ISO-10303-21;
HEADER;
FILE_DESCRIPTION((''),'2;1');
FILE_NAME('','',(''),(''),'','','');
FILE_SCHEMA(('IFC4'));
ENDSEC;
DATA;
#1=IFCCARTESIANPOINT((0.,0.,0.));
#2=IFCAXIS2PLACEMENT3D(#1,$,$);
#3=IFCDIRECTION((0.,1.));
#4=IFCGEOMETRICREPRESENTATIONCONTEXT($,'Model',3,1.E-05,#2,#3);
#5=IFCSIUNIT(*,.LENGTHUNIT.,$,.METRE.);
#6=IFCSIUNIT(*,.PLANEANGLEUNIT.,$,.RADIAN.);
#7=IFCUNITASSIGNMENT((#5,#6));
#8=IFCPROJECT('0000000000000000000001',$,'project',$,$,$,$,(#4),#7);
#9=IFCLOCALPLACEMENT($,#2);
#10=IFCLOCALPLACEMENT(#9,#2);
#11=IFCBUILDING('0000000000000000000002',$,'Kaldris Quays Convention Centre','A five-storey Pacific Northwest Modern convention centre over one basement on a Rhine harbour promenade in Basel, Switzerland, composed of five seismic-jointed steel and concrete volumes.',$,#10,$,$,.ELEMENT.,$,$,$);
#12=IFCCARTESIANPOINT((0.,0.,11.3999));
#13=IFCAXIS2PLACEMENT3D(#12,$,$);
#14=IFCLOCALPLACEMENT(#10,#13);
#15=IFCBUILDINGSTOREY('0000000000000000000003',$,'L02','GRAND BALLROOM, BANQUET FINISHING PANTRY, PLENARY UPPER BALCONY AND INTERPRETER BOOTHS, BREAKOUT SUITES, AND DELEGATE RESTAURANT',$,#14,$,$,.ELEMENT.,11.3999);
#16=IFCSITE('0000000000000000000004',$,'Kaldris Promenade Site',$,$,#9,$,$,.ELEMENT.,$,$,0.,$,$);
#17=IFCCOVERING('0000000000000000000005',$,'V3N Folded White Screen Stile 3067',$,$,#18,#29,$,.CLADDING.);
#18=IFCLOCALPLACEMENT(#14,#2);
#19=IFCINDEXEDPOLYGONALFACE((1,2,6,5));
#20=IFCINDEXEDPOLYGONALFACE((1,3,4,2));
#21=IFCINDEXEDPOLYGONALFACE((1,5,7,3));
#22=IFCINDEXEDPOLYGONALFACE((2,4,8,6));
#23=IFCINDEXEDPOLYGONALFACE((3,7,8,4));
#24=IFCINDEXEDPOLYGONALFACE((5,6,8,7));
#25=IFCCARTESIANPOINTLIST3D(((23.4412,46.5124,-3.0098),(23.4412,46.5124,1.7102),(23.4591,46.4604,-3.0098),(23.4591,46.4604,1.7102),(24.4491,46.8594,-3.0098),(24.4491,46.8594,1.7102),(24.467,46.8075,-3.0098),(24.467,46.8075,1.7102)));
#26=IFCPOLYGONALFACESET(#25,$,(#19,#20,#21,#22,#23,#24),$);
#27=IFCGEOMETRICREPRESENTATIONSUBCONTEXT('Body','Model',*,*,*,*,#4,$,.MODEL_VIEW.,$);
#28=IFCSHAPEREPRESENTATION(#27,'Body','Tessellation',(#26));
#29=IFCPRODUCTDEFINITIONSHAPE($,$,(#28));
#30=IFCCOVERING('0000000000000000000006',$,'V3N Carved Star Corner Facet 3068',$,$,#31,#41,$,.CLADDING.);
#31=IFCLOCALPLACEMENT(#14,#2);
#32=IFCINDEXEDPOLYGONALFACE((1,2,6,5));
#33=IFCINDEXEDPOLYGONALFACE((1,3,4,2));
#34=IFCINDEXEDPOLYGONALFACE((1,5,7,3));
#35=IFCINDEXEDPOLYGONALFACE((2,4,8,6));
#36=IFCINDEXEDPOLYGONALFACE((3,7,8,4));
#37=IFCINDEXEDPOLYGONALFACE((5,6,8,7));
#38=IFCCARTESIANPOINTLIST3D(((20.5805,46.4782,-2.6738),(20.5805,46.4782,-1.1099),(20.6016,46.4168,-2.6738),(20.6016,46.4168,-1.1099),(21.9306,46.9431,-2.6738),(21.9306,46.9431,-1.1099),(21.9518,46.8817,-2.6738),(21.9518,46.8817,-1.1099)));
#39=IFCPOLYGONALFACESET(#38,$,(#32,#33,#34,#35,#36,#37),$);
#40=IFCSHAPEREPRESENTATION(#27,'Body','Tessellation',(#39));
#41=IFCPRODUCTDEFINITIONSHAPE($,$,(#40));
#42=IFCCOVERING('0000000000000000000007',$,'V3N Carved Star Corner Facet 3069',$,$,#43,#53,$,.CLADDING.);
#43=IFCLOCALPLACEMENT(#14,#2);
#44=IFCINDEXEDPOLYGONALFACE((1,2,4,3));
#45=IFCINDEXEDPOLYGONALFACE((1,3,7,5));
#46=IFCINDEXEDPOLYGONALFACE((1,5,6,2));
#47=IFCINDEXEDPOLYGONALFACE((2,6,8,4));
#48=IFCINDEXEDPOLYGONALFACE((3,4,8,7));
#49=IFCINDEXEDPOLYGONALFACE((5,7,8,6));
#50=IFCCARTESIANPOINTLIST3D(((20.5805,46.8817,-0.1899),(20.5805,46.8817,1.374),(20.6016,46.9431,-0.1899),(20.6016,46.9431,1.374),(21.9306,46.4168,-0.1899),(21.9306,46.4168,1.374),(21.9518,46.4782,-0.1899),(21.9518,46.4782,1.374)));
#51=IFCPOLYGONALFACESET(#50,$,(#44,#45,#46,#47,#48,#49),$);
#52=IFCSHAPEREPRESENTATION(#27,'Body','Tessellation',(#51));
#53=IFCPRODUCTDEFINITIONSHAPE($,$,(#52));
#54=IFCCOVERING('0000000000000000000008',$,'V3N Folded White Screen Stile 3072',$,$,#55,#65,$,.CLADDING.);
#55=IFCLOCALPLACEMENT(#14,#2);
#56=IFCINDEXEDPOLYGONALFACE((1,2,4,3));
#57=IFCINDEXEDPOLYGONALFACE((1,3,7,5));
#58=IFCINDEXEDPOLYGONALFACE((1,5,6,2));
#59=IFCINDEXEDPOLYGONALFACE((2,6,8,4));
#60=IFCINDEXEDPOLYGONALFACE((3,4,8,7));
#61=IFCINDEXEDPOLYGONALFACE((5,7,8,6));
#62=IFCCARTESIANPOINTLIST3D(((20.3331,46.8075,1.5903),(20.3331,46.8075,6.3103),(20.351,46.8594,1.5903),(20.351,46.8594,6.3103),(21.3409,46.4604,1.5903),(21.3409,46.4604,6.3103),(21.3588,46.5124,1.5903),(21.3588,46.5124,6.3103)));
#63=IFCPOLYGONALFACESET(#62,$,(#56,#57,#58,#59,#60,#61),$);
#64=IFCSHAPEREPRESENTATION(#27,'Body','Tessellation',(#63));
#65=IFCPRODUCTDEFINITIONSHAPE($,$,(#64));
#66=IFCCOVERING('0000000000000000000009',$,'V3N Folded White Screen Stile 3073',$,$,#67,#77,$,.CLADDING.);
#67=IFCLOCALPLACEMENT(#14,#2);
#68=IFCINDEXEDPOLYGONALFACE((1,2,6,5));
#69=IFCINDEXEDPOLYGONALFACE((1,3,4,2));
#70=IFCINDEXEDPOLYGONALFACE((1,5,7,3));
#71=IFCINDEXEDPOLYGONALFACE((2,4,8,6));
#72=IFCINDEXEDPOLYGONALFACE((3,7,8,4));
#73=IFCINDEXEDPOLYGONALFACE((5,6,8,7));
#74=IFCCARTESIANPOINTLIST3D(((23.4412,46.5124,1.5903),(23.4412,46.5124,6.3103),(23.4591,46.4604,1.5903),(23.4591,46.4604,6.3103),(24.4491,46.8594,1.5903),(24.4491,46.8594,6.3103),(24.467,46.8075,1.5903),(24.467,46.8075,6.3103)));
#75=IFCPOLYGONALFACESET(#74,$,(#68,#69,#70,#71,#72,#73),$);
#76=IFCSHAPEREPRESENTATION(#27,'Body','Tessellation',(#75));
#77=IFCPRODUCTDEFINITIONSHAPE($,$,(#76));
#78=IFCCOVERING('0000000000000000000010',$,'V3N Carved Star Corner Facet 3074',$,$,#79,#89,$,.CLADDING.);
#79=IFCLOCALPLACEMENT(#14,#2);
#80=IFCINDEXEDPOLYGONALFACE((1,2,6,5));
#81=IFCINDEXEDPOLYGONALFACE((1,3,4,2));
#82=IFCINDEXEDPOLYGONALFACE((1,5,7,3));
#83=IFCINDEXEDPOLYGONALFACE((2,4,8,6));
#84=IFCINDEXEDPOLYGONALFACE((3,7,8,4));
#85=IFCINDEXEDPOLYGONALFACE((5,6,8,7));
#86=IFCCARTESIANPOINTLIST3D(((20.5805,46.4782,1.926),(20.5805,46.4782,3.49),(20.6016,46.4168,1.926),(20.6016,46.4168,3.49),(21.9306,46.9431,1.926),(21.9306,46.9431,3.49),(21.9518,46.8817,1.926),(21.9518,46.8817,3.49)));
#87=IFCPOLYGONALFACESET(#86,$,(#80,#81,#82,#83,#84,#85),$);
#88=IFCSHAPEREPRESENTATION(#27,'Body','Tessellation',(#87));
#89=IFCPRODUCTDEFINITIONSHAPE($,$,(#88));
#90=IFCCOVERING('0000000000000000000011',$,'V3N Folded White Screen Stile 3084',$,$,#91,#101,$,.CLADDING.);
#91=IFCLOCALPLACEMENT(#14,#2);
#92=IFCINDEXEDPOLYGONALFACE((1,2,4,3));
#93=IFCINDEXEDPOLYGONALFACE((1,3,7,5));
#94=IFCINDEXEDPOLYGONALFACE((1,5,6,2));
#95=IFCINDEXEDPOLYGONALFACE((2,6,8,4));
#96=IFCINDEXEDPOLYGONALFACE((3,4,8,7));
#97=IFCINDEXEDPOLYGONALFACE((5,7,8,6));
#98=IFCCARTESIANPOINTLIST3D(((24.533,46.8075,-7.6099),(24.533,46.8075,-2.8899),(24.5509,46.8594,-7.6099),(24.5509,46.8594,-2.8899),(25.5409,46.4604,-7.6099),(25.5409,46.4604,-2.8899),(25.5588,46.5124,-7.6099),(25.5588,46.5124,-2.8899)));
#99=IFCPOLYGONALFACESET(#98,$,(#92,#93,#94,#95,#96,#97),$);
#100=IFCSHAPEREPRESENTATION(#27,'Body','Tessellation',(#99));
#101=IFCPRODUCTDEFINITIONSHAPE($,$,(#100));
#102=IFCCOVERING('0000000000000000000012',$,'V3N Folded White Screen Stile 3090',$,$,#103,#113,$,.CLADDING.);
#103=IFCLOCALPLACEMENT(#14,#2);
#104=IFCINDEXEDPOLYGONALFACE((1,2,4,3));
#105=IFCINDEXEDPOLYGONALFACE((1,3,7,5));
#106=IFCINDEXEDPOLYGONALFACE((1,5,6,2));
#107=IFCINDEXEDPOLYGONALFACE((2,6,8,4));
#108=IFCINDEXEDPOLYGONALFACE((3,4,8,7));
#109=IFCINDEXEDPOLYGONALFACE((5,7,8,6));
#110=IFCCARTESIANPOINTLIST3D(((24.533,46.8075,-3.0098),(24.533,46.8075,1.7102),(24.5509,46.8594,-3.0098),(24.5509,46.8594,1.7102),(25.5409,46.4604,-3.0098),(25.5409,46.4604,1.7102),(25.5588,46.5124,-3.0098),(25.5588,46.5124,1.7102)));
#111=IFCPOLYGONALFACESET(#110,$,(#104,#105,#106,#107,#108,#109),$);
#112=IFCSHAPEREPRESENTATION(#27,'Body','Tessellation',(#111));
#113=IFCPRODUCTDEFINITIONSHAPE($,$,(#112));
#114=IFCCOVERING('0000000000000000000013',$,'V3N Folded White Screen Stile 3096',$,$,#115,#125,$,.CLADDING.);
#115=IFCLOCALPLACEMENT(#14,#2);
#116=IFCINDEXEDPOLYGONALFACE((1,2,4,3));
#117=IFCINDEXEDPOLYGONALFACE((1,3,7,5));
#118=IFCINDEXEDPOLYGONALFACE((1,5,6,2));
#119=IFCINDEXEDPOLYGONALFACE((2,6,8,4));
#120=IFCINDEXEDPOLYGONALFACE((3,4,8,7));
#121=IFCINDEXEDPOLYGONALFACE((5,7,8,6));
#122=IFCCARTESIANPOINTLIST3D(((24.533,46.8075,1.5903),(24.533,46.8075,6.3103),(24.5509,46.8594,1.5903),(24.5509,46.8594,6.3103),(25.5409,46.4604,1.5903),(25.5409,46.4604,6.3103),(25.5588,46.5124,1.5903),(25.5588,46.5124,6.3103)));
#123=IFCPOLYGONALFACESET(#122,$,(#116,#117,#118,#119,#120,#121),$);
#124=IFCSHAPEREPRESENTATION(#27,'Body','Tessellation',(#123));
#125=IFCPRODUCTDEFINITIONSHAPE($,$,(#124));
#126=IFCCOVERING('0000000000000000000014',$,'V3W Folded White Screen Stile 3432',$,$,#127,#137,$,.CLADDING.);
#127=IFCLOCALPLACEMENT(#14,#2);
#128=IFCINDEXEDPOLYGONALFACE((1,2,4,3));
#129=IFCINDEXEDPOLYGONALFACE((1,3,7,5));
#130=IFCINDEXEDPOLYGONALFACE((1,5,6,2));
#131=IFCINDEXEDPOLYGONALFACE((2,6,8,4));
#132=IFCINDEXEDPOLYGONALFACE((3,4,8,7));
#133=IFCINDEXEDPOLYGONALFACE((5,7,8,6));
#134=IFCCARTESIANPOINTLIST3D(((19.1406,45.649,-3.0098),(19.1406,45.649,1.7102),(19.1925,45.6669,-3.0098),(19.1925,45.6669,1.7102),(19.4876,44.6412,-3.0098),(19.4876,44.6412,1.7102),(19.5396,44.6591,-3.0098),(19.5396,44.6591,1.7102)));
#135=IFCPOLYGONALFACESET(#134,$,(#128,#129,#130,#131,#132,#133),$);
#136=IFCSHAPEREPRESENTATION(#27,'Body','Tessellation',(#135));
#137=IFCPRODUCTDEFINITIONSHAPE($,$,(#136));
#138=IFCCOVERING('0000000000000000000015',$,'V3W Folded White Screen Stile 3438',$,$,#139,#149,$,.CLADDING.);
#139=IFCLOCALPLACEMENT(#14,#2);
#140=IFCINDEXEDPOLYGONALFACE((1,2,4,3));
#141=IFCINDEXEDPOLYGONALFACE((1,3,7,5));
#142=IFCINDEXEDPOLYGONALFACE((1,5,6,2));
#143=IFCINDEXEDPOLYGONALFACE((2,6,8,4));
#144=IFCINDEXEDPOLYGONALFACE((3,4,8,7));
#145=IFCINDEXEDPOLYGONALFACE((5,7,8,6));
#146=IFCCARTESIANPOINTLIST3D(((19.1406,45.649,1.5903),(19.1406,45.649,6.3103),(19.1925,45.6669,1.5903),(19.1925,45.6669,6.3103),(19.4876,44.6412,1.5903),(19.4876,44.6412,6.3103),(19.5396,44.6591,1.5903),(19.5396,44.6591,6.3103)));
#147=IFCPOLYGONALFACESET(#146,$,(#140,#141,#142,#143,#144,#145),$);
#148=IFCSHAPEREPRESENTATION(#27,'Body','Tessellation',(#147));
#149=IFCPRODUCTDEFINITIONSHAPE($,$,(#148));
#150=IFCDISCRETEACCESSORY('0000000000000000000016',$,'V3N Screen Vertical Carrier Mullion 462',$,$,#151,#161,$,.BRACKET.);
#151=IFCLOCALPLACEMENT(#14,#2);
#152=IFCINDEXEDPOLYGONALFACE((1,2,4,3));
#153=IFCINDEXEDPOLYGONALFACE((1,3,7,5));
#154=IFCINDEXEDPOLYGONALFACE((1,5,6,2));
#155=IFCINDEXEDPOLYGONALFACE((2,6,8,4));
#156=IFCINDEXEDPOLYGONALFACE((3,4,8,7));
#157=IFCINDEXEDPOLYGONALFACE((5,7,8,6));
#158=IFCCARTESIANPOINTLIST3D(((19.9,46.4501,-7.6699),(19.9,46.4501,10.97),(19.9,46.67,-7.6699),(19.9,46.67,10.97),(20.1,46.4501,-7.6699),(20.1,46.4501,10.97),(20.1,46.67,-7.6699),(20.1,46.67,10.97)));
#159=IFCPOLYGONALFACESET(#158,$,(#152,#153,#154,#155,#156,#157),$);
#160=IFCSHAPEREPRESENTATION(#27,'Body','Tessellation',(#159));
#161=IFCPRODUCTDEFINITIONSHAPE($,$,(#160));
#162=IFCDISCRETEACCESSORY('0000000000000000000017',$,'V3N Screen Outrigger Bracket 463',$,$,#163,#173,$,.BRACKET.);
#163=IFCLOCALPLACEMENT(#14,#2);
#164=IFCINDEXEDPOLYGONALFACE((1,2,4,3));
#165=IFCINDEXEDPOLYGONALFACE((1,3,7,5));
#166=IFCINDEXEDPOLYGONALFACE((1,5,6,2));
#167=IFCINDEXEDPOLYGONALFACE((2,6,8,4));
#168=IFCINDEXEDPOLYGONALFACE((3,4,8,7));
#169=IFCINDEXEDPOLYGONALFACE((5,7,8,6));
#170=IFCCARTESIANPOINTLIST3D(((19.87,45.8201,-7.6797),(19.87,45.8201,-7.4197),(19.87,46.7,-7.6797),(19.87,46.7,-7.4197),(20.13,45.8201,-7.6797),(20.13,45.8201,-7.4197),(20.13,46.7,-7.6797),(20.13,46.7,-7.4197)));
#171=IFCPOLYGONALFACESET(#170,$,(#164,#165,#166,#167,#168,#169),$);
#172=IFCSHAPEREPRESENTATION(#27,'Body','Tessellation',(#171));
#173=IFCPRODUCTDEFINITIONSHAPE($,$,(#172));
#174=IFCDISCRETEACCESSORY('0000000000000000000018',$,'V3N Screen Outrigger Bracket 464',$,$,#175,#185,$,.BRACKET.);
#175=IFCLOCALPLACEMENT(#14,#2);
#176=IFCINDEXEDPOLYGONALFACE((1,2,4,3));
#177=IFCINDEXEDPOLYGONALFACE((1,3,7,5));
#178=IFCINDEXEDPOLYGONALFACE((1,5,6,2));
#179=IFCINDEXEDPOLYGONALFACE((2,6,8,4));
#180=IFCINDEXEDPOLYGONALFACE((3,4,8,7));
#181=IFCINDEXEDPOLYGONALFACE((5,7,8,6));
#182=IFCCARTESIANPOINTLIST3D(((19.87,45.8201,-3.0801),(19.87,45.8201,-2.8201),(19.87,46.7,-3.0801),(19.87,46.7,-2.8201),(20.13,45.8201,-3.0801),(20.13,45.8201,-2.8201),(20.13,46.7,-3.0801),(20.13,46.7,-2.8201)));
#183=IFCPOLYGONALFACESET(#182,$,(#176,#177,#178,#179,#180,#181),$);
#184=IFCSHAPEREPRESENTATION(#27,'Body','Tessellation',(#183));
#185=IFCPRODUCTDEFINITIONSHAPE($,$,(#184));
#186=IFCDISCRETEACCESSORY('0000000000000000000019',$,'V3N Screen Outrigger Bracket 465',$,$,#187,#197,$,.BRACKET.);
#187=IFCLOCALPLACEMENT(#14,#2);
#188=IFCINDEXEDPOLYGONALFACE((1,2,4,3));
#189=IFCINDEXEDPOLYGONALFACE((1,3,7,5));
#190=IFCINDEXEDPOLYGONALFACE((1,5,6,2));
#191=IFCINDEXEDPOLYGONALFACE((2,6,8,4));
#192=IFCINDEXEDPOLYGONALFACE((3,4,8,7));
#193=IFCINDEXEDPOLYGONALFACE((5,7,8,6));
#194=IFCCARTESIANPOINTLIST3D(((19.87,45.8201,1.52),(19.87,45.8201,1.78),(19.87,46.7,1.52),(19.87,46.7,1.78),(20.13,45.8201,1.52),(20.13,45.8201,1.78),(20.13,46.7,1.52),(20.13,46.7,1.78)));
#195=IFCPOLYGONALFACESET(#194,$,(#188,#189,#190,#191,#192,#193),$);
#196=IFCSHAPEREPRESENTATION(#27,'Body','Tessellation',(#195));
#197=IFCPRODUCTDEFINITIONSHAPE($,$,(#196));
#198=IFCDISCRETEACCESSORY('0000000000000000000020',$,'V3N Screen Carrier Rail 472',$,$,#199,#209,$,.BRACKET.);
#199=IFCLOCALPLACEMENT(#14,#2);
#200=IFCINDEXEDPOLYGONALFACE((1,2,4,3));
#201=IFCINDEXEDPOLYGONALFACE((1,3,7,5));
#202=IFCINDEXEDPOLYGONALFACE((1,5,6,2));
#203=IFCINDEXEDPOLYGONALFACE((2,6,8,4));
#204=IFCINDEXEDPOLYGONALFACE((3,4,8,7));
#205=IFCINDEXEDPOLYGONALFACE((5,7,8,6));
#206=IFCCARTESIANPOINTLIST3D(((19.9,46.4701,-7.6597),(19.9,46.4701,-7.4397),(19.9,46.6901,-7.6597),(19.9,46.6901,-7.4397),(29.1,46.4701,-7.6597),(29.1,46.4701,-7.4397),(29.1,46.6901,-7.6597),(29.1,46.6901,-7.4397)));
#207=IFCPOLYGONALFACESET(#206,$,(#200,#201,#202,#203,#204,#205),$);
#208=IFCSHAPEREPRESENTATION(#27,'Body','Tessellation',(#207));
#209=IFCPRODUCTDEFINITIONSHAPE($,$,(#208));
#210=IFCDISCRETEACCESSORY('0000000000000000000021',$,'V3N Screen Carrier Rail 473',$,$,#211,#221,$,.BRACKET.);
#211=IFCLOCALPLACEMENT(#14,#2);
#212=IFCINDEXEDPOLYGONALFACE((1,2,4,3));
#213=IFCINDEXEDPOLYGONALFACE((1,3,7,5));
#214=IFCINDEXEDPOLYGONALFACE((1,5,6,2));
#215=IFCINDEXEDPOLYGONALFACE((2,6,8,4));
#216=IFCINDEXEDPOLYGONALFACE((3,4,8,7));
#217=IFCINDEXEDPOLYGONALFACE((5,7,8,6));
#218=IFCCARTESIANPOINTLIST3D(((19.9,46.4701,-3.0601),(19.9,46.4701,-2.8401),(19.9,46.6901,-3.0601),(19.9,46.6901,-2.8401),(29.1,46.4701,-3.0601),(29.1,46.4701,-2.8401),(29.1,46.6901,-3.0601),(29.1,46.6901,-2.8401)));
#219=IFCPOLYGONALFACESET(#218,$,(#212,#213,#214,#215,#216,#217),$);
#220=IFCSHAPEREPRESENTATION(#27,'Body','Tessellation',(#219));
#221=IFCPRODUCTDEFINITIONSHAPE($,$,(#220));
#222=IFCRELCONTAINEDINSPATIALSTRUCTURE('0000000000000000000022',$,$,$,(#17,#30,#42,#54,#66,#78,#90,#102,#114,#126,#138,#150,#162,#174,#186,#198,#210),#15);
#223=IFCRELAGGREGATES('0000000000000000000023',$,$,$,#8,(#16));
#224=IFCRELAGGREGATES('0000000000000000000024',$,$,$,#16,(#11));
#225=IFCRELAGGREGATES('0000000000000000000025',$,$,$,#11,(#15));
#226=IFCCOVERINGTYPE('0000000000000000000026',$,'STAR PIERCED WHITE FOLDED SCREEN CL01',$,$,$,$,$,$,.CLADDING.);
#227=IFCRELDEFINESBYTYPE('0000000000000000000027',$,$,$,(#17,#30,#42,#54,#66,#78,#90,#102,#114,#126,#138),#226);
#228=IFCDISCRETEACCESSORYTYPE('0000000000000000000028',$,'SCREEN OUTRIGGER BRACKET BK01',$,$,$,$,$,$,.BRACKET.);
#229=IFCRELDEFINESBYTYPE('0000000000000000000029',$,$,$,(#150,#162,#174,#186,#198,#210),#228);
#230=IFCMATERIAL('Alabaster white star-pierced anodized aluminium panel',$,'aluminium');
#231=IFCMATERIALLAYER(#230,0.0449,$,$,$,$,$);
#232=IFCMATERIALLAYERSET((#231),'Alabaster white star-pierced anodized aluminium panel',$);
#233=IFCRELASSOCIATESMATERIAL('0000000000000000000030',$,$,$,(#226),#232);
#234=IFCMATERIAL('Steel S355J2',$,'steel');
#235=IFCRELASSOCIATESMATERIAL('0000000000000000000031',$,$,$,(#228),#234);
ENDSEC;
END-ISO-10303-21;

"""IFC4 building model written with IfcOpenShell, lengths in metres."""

from ifc_helpers import new_model, si_unit, direction, frame, origin, origin_2d, place, context, subcontext, project, spatial, rectangle, extrude, material, layer, layer_set, type_object, element, save


model = new_model("IFC4")

# Units and contexts
model_context = context("Model", 3, precision=1e-05, world=origin(), true_north=direction((0.0, 1.0)))
body_context = subcontext(model_context, "Body", "Model", "MODEL_VIEW")
ifc_project = project(units=[si_unit("LENGTHUNIT", "METRE"), si_unit("PLANEANGLEUNIT", "RADIAN")], contexts=[model_context])

# Site, building, storey
site_placement = place(None, origin())
site = spatial("IfcSite", under=ifc_project, at=site_placement, Name="Kaldris Promenade Site", CompositionType="ELEMENT", RefElevation=0.0)
building_placement = place(site_placement, origin())
building = spatial("IfcBuilding", under=site, at=building_placement, Name="Kaldris Quays Convention Centre", Description="A five-storey Pacific Northwest Modern convention centre over one basement on a Rhine harbour promenade in Basel, Switzerland, composed of five seismic-jointed steel and concrete volumes.", CompositionType="ELEMENT")
storey_placement = place(building_placement, frame((0.0, 0.0, 11.3999)))
storey = spatial("IfcBuildingStorey", under=building, at=storey_placement, Name="L02", Description="GRAND BALLROOM, BANQUET FINISHING PANTRY, PLENARY UPPER BALCONY AND INTERPRETER BOOTHS, BREAKOUT SUITES, AND DELEGATE RESTAURANT", CompositionType="ELEMENT", Elevation=11.3999)

# Shared definitions
ifc_material_1 = material(Name="Steel S355J2", Category="steel")

# Coverings
ifc_material_2 = material(Name="Alabaster white star-pierced anodized aluminium panel", Category="aluminium")
ifc_layer_1 = layer(ifc_material_2, 0.0449)
ifc_layer_set_1 = layer_set([ifc_layer_1], Name="Alabaster white star-pierced anodized aluminium panel")
covering_type = type_object("IfcCoveringType", Name="STAR PIERCED WHITE FOLDED SCREEN CL01", PredefinedType="CLADDING", material=ifc_layer_set_1)
for number, where, z_axis, x_axis, name in (
    (1, (23.9541, 46.6599, -3.0098), (0.0, 0.0, 1.0), (0.945519, 0.325568, 0.0), "V3N Folded White Screen Stile 3067"),
):
    element("IfcCovering", number, at=place(storey_placement, frame(where, z_axis=z_axis, x_axis=x_axis)), inside=storey, type_object=covering_type, Name=name, PredefinedType="CLADDING", context=body_context, shape_type="SweptSolid", body=[
        extrude(rectangle(XDim=1.0659, YDim=0.0549, at=origin_2d()), origin(), (0.0, 0.0, 1.0), 4.72),
    ])
for number, where, z_axis, x_axis, name in (
    (2, (21.2661, 46.6799, -2.6738), (0.0, 0.0, 1.0), (0.945519, 0.325568, 0.0), "V3N Carved Star Corner Facet 3068"),
    (3, (21.2661, 46.6799, -0.1899), (0.0, 0.0, 1.0), (0.945519, -0.325568, 0.0), "V3N Carved Star Corner Facet 3069"),
):
    element("IfcCovering", number, at=place(storey_placement, frame(where, z_axis=z_axis, x_axis=x_axis)), inside=storey, type_object=covering_type, Name=name, PredefinedType="CLADDING", context=body_context, shape_type="SweptSolid", body=[
        extrude(rectangle(XDim=1.428, YDim=0.0649, at=origin_2d()), origin(), (0.0, 0.0, 1.0), 1.564),
    ])
for number, where, z_axis, x_axis, name in (
    (4, (20.8459, 46.6599, 1.5903), (0.0, 0.0, 1.0), (0.945519, -0.325568, 0.0), "V3N Folded White Screen Stile 3072"),
    (5, (23.9541, 46.6599, 1.5903), (0.0, 0.0, 1.0), (0.945519, 0.325568, 0.0), "V3N Folded White Screen Stile 3073"),
):
    element("IfcCovering", number, at=place(storey_placement, frame(where, z_axis=z_axis, x_axis=x_axis)), inside=storey, type_object=covering_type, Name=name, PredefinedType="CLADDING", context=body_context, shape_type="SweptSolid", body=[
        extrude(rectangle(XDim=1.0659, YDim=0.0549, at=origin_2d()), origin(), (0.0, 0.0, 1.0), 4.72),
    ])
covering_1_placement = place(storey_placement, frame((21.2661, 46.6799, 1.926), z_axis=(0.0, 0.0, 1.0), x_axis=(0.945519, 0.325568, 0.0)))
element("IfcCovering", 6, at=covering_1_placement, inside=storey, type_object=covering_type, Name="V3N Carved Star Corner Facet 3074", PredefinedType="CLADDING", context=body_context, shape_type="SweptSolid", body=[
    extrude(rectangle(XDim=1.428, YDim=0.0649, at=origin_2d()), origin(), (0.0, 0.0, 1.0), 1.564),
])
for number, where, z_axis, x_axis, name in (
    (7, (25.0459, 46.6599, -7.6099), (0.0, 0.0, 1.0), (0.945519, -0.325568, 0.0), "V3N Folded White Screen Stile 3084"),
    (8, (25.0459, 46.6599, -3.0098), (0.0, 0.0, 1.0), (0.945519, -0.325568, 0.0), "V3N Folded White Screen Stile 3090"),
    (9, (25.0459, 46.6599, 1.5903), (0.0, 0.0, 1.0), (0.945519, -0.325568, 0.0), "V3N Folded White Screen Stile 3096"),
    (10, (19.3401, 45.1541, -3.0098), (0.0, 0.0, 1.0), (-0.325568, 0.945519, 0.0), "V3W Folded White Screen Stile 3432"),
    (11, (19.3401, 45.1541, 1.5903), (0.0, 0.0, 1.0), (-0.325568, 0.945519, 0.0), "V3W Folded White Screen Stile 3438"),
):
    element("IfcCovering", number, at=place(storey_placement, frame(where, z_axis=z_axis, x_axis=x_axis)), inside=storey, type_object=covering_type, Name=name, PredefinedType="CLADDING", context=body_context, shape_type="SweptSolid", body=[
        extrude(rectangle(XDim=1.0659, YDim=0.0549, at=origin_2d()), origin(), (0.0, 0.0, 1.0), 4.72),
    ])

# Discrete accessories
discrete_accessory_type = type_object("IfcDiscreteAccessoryType", Name="SCREEN OUTRIGGER BRACKET BK01", PredefinedType="BRACKET", material=ifc_material_1)
discrete_accessory_1_placement = place(storey_placement, frame((20.0, 46.5601, -7.6699), z_axis=(0.0, 0.0, 1.0), x_axis=(1.0, 0.0, 0.0)))
element("IfcDiscreteAccessory", 12, at=discrete_accessory_1_placement, inside=storey, type_object=discrete_accessory_type, Name="V3N Screen Vertical Carrier Mullion 462", PredefinedType="BRACKET", context=body_context, shape_type="SweptSolid", body=[
    extrude(rectangle(XDim=0.2, YDim=0.22, at=origin_2d()), origin(), (0.0, 0.0, 1.0), 18.6399),
])
for number, where, z_axis, x_axis, name in (
    (13, (20.0, 46.26, -7.6797), (0.0, 0.0, 1.0), (1.0, 0.0, 0.0), "V3N Screen Outrigger Bracket 463"),
    (14, (20.0, 46.26, -3.0801), (0.0, 0.0, 1.0), (1.0, 0.0, 0.0), "V3N Screen Outrigger Bracket 464"),
    (15, (20.0, 46.26, 1.52), (0.0, 0.0, 1.0), (1.0, 0.0, 0.0), "V3N Screen Outrigger Bracket 465"),
):
    element("IfcDiscreteAccessory", number, at=place(storey_placement, frame(where, z_axis=z_axis, x_axis=x_axis)), inside=storey, type_object=discrete_accessory_type, Name=name, PredefinedType="BRACKET", context=body_context, shape_type="SweptSolid", body=[
        extrude(rectangle(XDim=0.26, YDim=0.8799, at=origin_2d()), origin(), (0.0, 0.0, 1.0), 0.26),
    ])
for number, where, z_axis, x_axis, name in (
    (16, (24.5, 46.5801, -7.6597), (0.0, 0.0, 1.0), (1.0, 0.0, 0.0), "V3N Screen Carrier Rail 472"),
    (17, (24.5, 46.5801, -3.0601), (0.0, 0.0, 1.0), (1.0, 0.0, 0.0), "V3N Screen Carrier Rail 473"),
):
    element("IfcDiscreteAccessory", number, at=place(storey_placement, frame(where, z_axis=z_axis, x_axis=x_axis)), inside=storey, type_object=discrete_accessory_type, Name=name, PredefinedType="BRACKET", context=body_context, shape_type="SweptSolid", body=[
        extrude(rectangle(XDim=9.2, YDim=0.22, at=origin_2d()), origin(), (0.0, 0.0, 1.0), 0.22),
    ])

save(model, "model.ifc")
